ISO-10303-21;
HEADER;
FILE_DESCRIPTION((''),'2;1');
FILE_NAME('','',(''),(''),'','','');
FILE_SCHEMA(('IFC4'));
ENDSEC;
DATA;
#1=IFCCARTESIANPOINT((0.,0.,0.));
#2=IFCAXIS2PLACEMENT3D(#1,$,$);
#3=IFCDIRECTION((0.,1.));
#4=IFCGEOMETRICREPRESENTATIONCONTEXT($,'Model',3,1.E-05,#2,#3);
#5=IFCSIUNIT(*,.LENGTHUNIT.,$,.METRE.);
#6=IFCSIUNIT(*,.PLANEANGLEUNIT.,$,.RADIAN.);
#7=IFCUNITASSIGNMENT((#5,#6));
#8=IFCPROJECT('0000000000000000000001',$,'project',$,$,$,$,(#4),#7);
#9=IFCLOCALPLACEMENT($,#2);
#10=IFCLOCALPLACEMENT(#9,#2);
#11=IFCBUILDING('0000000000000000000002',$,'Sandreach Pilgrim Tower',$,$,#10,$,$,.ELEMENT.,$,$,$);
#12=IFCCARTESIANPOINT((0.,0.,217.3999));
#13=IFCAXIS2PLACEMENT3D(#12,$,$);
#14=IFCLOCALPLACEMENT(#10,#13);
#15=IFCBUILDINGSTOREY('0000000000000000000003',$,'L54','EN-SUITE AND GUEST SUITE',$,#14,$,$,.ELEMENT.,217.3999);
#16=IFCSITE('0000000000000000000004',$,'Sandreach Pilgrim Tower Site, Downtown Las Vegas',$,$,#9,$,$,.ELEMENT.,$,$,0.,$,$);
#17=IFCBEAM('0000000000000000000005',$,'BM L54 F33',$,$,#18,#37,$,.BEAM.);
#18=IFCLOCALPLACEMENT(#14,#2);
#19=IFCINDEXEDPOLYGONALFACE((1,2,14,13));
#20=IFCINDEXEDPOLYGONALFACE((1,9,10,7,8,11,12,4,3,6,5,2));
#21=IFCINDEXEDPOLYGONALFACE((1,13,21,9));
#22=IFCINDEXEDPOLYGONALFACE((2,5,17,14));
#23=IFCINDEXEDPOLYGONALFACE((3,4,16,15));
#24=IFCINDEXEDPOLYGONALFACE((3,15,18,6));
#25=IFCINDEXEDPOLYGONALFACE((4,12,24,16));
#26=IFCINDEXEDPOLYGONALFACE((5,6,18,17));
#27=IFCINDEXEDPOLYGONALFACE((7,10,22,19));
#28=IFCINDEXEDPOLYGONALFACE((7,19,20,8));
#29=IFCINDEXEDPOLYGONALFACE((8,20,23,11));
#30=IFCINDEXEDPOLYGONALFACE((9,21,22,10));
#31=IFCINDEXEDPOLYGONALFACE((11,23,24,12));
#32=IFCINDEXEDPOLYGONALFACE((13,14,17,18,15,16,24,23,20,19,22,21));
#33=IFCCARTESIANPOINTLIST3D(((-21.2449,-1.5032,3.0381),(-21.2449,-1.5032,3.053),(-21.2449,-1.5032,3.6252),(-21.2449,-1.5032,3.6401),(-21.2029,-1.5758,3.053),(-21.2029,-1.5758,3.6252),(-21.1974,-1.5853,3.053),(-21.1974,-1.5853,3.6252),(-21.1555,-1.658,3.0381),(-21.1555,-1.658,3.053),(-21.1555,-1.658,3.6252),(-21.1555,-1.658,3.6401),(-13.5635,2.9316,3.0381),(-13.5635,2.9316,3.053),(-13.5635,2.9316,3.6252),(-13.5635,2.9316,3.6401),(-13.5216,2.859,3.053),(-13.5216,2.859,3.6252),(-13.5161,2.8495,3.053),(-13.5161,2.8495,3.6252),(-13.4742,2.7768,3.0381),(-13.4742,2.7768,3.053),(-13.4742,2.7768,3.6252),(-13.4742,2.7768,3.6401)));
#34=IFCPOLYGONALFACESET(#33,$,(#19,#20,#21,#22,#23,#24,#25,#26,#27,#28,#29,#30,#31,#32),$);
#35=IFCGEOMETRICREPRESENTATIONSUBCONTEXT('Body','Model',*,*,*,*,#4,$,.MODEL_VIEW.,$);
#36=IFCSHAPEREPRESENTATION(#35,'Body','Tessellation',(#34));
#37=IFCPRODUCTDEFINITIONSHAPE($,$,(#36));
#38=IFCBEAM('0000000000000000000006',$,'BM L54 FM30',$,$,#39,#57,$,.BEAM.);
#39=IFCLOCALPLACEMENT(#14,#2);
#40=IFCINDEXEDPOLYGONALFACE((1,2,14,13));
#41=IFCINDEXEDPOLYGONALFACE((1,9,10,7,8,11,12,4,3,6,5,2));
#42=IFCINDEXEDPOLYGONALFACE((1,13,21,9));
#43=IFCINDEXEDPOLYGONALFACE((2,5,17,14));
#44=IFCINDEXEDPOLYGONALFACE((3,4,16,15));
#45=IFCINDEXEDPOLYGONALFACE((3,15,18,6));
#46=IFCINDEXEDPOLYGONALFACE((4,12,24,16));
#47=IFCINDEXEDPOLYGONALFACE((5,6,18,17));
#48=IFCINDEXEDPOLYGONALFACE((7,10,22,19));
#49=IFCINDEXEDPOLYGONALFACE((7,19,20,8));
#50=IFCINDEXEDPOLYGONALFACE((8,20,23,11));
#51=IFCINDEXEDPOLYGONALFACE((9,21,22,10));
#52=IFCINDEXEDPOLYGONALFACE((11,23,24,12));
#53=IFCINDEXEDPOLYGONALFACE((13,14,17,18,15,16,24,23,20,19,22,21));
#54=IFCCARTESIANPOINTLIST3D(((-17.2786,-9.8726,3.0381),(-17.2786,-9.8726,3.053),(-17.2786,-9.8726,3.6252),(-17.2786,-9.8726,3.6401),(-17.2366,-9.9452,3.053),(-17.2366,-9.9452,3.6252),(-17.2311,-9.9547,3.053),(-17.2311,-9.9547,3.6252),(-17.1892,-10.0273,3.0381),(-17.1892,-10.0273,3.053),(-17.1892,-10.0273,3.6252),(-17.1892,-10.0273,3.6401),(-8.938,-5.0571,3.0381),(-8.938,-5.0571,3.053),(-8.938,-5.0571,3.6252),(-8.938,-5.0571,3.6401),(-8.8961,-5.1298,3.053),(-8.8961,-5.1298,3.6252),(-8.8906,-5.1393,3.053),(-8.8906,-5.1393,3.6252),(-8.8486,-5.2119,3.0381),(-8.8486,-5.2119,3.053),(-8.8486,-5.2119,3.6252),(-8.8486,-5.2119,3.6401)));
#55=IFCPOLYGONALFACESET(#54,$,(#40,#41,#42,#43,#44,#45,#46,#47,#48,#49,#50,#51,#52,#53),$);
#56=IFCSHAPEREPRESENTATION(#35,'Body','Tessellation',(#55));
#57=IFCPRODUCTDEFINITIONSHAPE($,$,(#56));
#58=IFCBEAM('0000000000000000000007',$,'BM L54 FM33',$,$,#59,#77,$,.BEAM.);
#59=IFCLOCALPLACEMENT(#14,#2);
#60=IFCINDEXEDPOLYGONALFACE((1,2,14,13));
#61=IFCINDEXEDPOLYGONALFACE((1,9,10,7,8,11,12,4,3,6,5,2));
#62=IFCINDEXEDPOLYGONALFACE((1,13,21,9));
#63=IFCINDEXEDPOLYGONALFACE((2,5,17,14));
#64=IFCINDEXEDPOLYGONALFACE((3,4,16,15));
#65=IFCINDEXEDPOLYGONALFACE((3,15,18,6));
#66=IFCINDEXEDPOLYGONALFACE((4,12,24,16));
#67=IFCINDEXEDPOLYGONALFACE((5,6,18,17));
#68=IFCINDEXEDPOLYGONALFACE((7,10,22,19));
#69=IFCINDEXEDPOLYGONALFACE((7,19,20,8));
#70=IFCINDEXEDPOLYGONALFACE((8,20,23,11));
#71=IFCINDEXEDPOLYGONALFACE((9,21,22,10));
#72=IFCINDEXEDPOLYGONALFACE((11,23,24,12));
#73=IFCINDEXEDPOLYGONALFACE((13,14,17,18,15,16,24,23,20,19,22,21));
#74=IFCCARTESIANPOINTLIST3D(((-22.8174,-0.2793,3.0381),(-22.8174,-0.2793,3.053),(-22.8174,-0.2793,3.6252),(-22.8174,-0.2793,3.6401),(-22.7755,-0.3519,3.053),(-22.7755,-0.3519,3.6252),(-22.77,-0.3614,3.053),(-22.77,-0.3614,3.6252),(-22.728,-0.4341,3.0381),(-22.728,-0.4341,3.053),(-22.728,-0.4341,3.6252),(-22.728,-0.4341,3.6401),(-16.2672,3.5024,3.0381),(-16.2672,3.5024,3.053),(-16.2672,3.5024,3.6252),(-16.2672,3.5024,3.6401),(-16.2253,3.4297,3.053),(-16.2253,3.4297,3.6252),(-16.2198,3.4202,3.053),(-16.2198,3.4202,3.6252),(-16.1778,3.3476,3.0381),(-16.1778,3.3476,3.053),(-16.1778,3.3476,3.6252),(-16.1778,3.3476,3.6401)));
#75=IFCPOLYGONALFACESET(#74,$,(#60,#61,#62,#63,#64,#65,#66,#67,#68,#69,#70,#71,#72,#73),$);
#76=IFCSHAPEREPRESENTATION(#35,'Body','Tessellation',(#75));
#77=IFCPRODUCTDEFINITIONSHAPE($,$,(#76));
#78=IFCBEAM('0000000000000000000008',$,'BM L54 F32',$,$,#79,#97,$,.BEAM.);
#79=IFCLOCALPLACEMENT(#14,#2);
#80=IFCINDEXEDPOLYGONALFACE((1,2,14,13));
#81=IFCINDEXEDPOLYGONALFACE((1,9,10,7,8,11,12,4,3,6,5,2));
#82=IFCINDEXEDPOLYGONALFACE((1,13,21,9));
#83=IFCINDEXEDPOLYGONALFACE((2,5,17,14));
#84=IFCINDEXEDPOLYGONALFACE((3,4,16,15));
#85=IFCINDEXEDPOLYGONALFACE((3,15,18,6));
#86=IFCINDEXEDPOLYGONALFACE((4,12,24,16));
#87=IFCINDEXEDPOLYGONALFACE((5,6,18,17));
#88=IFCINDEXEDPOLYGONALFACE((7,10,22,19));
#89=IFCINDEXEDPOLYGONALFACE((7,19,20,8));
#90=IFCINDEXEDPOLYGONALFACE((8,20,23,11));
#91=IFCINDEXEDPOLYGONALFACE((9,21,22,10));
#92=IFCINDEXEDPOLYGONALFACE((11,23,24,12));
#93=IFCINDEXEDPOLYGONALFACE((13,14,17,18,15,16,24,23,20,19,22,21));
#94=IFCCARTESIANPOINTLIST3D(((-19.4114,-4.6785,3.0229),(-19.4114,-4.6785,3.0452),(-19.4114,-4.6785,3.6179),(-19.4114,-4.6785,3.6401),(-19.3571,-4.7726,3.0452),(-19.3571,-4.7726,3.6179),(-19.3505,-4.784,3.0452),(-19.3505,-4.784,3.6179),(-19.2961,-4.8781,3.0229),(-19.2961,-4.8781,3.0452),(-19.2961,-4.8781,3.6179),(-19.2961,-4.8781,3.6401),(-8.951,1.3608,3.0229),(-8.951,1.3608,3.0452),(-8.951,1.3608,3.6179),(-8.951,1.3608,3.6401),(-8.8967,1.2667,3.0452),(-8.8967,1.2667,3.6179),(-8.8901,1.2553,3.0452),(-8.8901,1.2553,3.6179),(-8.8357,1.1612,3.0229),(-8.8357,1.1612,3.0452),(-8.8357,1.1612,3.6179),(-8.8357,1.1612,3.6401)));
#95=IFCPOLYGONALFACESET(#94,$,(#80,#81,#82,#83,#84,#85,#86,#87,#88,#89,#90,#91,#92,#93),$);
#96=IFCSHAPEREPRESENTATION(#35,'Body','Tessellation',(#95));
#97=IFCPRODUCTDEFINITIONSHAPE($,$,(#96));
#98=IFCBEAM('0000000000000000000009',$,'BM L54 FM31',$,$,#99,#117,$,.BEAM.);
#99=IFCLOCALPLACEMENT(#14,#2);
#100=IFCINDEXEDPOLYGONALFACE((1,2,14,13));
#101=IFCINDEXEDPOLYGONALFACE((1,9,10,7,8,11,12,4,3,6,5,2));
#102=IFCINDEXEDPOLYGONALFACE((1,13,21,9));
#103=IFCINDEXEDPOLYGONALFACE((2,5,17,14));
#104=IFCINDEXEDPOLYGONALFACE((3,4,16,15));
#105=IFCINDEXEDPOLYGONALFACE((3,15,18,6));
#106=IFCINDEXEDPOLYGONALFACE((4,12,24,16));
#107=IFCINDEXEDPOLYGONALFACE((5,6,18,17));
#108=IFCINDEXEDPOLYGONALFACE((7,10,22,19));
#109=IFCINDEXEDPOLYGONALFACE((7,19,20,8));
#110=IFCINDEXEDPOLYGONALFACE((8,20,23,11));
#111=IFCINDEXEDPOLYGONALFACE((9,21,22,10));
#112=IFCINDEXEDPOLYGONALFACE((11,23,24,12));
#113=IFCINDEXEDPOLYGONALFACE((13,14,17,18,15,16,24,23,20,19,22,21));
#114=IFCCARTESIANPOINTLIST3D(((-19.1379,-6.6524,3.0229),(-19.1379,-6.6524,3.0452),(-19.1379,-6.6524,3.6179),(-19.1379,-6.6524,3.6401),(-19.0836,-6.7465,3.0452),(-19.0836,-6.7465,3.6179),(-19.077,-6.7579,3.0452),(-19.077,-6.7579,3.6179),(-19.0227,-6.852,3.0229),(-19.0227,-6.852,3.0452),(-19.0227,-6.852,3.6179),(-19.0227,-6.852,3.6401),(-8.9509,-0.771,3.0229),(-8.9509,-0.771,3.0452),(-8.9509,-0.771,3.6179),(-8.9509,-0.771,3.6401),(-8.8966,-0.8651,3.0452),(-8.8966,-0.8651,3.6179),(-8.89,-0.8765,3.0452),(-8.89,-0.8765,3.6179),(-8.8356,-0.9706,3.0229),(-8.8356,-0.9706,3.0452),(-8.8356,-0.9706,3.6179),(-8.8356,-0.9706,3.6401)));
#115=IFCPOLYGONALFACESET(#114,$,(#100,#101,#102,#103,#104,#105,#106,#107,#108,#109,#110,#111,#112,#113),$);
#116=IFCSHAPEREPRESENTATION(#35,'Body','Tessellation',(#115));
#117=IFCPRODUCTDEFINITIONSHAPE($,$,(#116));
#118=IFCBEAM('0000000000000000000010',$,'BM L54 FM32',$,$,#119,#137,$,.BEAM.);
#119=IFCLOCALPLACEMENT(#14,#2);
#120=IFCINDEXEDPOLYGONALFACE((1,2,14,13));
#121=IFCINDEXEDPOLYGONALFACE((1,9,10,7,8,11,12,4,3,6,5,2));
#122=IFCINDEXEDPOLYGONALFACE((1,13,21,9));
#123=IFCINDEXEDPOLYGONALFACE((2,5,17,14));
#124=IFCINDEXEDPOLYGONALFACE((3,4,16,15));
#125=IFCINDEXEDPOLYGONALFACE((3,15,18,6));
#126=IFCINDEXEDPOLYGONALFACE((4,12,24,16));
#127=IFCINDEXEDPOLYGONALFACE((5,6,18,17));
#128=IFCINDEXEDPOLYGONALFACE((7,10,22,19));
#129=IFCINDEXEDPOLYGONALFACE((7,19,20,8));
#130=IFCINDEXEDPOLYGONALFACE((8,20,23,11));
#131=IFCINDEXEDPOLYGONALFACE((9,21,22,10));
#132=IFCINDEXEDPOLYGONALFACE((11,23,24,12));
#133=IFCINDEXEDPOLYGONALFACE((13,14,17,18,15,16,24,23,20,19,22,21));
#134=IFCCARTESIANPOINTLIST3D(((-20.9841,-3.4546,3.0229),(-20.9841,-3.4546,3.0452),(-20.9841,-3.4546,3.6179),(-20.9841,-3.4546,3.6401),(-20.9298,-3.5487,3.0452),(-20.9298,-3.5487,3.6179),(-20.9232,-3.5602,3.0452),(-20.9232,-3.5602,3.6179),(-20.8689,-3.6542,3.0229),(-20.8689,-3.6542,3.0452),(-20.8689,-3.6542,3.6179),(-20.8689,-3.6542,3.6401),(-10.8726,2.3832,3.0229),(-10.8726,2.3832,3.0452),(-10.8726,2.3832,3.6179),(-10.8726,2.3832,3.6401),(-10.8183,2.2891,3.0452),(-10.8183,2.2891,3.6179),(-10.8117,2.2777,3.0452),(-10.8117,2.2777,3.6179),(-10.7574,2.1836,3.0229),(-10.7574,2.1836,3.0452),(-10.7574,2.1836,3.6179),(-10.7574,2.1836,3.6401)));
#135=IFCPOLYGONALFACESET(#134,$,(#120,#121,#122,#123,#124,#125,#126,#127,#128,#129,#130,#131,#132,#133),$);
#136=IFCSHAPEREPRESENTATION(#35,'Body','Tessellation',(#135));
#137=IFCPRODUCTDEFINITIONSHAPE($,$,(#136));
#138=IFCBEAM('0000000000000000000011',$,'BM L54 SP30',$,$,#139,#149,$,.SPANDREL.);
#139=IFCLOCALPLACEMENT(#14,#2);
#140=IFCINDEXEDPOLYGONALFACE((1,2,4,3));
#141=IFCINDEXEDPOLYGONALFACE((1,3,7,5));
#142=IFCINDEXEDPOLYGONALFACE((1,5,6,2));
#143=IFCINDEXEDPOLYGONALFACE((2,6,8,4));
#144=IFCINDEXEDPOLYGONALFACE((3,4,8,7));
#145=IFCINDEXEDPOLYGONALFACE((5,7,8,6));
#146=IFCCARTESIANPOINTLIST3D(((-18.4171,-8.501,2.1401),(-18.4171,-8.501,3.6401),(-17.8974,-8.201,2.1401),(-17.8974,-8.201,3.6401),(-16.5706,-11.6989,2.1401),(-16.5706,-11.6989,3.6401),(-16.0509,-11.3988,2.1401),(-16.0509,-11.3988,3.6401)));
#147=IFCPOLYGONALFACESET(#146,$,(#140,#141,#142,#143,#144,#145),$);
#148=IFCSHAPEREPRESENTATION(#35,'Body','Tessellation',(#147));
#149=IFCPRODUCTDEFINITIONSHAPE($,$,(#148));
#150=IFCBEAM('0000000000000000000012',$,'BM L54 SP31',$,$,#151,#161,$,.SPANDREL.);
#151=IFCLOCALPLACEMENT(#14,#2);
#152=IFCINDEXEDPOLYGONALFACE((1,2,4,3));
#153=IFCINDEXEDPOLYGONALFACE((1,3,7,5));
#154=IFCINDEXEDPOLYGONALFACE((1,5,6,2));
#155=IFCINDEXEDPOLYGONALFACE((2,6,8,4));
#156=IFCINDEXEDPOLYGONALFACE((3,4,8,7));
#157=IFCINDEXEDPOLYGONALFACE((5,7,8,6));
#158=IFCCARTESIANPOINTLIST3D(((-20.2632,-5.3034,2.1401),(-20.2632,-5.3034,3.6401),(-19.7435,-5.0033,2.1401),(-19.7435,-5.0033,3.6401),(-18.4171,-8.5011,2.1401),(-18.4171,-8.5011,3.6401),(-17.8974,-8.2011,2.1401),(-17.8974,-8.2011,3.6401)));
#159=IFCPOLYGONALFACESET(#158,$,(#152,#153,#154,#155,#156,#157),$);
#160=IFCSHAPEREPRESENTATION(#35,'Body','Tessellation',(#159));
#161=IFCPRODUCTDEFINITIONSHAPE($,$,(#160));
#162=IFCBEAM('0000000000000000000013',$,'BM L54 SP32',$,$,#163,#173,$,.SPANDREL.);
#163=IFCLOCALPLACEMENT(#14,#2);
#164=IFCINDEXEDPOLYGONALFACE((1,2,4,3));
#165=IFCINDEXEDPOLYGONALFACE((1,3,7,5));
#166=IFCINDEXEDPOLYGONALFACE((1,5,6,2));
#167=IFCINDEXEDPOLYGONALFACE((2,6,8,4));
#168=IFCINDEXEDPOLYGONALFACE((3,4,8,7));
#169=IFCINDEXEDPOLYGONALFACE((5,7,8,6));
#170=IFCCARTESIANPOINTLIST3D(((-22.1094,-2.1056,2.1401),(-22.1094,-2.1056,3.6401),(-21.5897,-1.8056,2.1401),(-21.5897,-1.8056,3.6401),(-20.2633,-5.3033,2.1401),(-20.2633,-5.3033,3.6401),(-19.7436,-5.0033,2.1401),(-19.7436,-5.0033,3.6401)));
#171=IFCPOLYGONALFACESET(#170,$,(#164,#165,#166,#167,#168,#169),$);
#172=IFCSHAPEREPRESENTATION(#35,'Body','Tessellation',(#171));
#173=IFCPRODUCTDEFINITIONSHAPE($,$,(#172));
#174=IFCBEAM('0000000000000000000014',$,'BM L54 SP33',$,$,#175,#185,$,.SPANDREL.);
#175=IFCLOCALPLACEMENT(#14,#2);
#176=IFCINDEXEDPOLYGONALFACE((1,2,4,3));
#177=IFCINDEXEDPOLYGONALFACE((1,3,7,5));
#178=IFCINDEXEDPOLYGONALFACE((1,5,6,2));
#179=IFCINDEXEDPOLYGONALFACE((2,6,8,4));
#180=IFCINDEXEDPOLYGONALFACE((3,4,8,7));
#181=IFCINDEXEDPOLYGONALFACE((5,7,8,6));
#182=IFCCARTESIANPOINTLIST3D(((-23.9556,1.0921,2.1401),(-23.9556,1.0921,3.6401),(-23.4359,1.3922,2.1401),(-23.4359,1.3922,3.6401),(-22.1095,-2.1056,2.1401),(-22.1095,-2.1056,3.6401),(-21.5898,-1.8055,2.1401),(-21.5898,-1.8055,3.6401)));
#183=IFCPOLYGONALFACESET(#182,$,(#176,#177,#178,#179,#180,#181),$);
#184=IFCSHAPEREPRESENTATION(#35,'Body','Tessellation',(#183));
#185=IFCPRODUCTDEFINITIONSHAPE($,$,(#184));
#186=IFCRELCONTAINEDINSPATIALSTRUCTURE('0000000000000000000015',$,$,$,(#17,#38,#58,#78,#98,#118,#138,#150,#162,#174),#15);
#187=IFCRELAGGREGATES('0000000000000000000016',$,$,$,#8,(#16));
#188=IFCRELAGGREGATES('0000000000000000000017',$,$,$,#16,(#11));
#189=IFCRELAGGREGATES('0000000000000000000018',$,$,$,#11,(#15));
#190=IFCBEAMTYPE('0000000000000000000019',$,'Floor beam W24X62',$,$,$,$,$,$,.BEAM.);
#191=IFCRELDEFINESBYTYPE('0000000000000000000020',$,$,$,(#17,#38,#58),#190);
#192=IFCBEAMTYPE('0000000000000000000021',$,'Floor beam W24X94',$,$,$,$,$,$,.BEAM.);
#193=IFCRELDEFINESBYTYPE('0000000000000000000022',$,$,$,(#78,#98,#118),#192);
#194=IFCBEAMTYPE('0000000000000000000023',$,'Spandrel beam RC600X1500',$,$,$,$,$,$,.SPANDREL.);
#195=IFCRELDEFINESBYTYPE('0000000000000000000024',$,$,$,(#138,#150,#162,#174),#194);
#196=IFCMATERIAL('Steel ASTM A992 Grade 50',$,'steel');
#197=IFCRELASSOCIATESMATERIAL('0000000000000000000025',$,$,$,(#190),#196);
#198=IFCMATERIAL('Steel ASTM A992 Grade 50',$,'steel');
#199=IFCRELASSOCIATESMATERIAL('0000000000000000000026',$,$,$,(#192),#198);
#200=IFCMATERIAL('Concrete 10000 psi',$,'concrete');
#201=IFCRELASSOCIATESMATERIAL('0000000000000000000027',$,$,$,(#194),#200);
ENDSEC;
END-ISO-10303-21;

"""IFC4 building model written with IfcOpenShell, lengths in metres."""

from ifc_helpers import new_model, si_unit, direction, frame, origin, origin_2d, place, context, subcontext, project, spatial, rectangle, i_section, extrude, material, material_profile, profile_set, type_object, element, save


model = new_model("IFC4")

# Units and contexts
model_context = context("Model", 3, precision=1e-05, world=origin(), true_north=direction((0.0, 1.0)))
body_context = subcontext(model_context, "Body", "Model", "MODEL_VIEW")
ifc_project = project(units=[si_unit("LENGTHUNIT", "METRE"), si_unit("PLANEANGLEUNIT", "RADIAN")], contexts=[model_context])

# Site, building, storey
site_placement = place(None, origin())
site = spatial("IfcSite", under=ifc_project, at=site_placement, Name="Sandreach Pilgrim Tower Site, Downtown Las Vegas", CompositionType="ELEMENT", RefElevation=0.0)
building_placement = place(site_placement, origin())
building = spatial("IfcBuilding", under=site, at=building_placement, Name="Sandreach Pilgrim Tower", CompositionType="ELEMENT")
storey_placement = place(building_placement, frame((0.0, 0.0, 217.3999)))
storey = spatial("IfcBuildingStorey", under=building, at=storey_placement, Name="L54", Description="EN-SUITE AND GUEST SUITE", CompositionType="ELEMENT", Elevation=217.3999)

# Beams
ifc_material_1 = material(Name="Steel ASTM A992 Grade 50", Category="steel")
ifc_material_profile_1 = material_profile(ifc_material_1, i_section(OverallWidth=0.1787, OverallDepth=0.6021, WebThickness=0.011, FlangeThickness=0.0149, at=origin_2d()), Name="W24X62")
ifc_profile_set_1 = profile_set([ifc_material_profile_1], Name="Steel ASTM A992 Grade 50")
beam_type_1 = type_object("IfcBeamType", Name="Floor beam W24X62", PredefinedType="BEAM", material=ifc_profile_set_1)
beam_1_placement = place(storey_placement, frame((-21.2002, -1.5806, 3.3391), z_axis=(0.866027, 0.499996, 0.0), x_axis=(-0.499996, 0.866027, 0.0)))
element("IfcBeam", 1, at=beam_1_placement, inside=storey, type_object=beam_type_1, Name="BM L54 F33", PredefinedType="BEAM", context=body_context, shape_type="SweptSolid", body=[
    extrude(i_section(OverallWidth=0.1787, OverallDepth=0.6021, WebThickness=0.011, FlangeThickness=0.0149, at=origin_2d()), origin(), (0.0, 0.0, 1.0), 8.8696),
])
beam_2_placement = place(storey_placement, frame((-17.2339, -9.95, 3.3391), z_axis=(0.866026, 0.5, 0.0), x_axis=(-0.5, 0.866026, 0.0)))
element("IfcBeam", 2, at=beam_2_placement, inside=storey, type_object=beam_type_1, Name="BM L54 FM30", PredefinedType="BEAM", context=body_context, shape_type="SweptSolid", body=[
    extrude(i_section(OverallWidth=0.1787, OverallDepth=0.6021, WebThickness=0.011, FlangeThickness=0.0149, at=origin_2d()), origin(), (0.0, 0.0, 1.0), 9.6309),
])
beam_3_placement = place(storey_placement, frame((-22.7727, -0.3567, 3.3391), z_axis=(0.86603, 0.499993, 0.0), x_axis=(-0.499993, 0.86603, 0.0)))
element("IfcBeam", 3, at=beam_3_placement, inside=storey, type_object=beam_type_1, Name="BM L54 FM33", PredefinedType="BEAM", context=body_context, shape_type="SweptSolid", body=[
    extrude(i_section(OverallWidth=0.1787, OverallDepth=0.6021, WebThickness=0.011, FlangeThickness=0.0149, at=origin_2d()), origin(), (0.0, 0.0, 1.0), 7.5635),
])
ifc_material_2 = material(Name="Steel ASTM A992 Grade 50", Category="steel")
ifc_material_profile_2 = material_profile(ifc_material_2, i_section(OverallWidth=0.2305, OverallDepth=0.6172, WebThickness=0.0132, FlangeThickness=0.0222, at=origin_2d()), Name="W24X94")
ifc_profile_set_2 = profile_set([ifc_material_profile_2], Name="Steel ASTM A992 Grade 50")
beam_type_2 = type_object("IfcBeamType", Name="Floor beam W24X94", PredefinedType="BEAM", material=ifc_profile_set_2)
beam_4_placement = place(storey_placement, frame((-19.3538, -4.7783, 3.3315), z_axis=(0.866027, 0.499998, 0.0), x_axis=(-0.499998, 0.866027, 0.0)))
element("IfcBeam", 4, at=beam_4_placement, inside=storey, type_object=beam_type_2, Name="BM L54 F32", PredefinedType="BEAM", context=body_context, shape_type="SweptSolid", body=[
    extrude(i_section(OverallWidth=0.2305, OverallDepth=0.6172, WebThickness=0.0132, FlangeThickness=0.0222, at=origin_2d()), origin(), (0.0, 0.0, 1.0), 12.0786),
])
beam_5_placement = place(storey_placement, frame((-19.0803, -6.7522, 3.3315), z_axis=(0.86603, 0.499992, 0.0), x_axis=(-0.499992, 0.86603, 0.0)))
element("IfcBeam", 5, at=beam_5_placement, inside=storey, type_object=beam_type_2, Name="BM L54 FM31", PredefinedType="BEAM", context=body_context, shape_type="SweptSolid", body=[
    extrude(i_section(OverallWidth=0.2305, OverallDepth=0.6172, WebThickness=0.0132, FlangeThickness=0.0222, at=origin_2d()), origin(), (0.0, 0.0, 1.0), 11.7629),
])
beam_6_placement = place(storey_placement, frame((-20.9265, -3.5544, 3.3315), z_axis=(0.866026, 0.499998, 0.0), x_axis=(-0.499998, 0.866026, 0.0)))
element("IfcBeam", 6, at=beam_6_placement, inside=storey, type_object=beam_type_2, Name="BM L54 FM32", PredefinedType="BEAM", context=body_context, shape_type="SweptSolid", body=[
    extrude(i_section(OverallWidth=0.2305, OverallDepth=0.6172, WebThickness=0.0132, FlangeThickness=0.0222, at=origin_2d()), origin(), (0.0, 0.0, 1.0), 11.6758),
])
ifc_material_3 = material(Name="Concrete 10000 psi", Category="concrete")
ifc_material_profile_3 = material_profile(ifc_material_3, rectangle(XDim=0.6001, YDim=1.5, at=origin_2d()), Name="RC600X1500")
ifc_profile_set_3 = profile_set([ifc_material_profile_3], Name="Concrete 10000 psi")
beam_type_3 = type_object("IfcBeamType", Name="Spandrel beam RC600X1500", PredefinedType="SPANDREL", material=ifc_profile_set_3)
beam_7_placement = place(storey_placement, frame((-16.3108, -11.5488, 2.8901), z_axis=(-0.500043, 0.866001, 0.0), x_axis=(-0.866001, -0.500043, 0.0)))
element("IfcBeam", 7, at=beam_7_placement, inside=storey, type_object=beam_type_3, Name="BM L54 SP30", PredefinedType="SPANDREL", context=body_context, shape_type="SweptSolid", body=[
    extrude(rectangle(XDim=0.6001, YDim=1.5, at=origin_2d()), origin(), (0.0, 0.0, 1.0), 3.6926),
])
for number, where, z_axis, x_axis, name in (
    (8, (-18.1572, -8.3511, 2.8901), (-0.499993, 0.866029, 0.0), (-0.866029, -0.499993, 0.0), "BM L54 SP31"),
    (9, (-20.0034, -5.1533, 2.8901), (-0.499993, 0.866029, 0.0), (-0.866029, -0.499993, 0.0), "BM L54 SP32"),
    (10, (-21.8496, -1.9556, 2.8901), (-0.499993, 0.866029, 0.0), (-0.866029, -0.499993, 0.0), "BM L54 SP33"),
):
    element("IfcBeam", number, at=place(storey_placement, frame(where, z_axis=z_axis, x_axis=x_axis)), inside=storey, type_object=beam_type_3, Name=name, PredefinedType="SPANDREL", context=body_context, shape_type="SweptSolid", body=[
        extrude(rectangle(XDim=0.6001, YDim=1.5, at=origin_2d()), origin(), (0.0, 0.0, 1.0), 3.6924),
    ])

save(model, "model.ifc")
